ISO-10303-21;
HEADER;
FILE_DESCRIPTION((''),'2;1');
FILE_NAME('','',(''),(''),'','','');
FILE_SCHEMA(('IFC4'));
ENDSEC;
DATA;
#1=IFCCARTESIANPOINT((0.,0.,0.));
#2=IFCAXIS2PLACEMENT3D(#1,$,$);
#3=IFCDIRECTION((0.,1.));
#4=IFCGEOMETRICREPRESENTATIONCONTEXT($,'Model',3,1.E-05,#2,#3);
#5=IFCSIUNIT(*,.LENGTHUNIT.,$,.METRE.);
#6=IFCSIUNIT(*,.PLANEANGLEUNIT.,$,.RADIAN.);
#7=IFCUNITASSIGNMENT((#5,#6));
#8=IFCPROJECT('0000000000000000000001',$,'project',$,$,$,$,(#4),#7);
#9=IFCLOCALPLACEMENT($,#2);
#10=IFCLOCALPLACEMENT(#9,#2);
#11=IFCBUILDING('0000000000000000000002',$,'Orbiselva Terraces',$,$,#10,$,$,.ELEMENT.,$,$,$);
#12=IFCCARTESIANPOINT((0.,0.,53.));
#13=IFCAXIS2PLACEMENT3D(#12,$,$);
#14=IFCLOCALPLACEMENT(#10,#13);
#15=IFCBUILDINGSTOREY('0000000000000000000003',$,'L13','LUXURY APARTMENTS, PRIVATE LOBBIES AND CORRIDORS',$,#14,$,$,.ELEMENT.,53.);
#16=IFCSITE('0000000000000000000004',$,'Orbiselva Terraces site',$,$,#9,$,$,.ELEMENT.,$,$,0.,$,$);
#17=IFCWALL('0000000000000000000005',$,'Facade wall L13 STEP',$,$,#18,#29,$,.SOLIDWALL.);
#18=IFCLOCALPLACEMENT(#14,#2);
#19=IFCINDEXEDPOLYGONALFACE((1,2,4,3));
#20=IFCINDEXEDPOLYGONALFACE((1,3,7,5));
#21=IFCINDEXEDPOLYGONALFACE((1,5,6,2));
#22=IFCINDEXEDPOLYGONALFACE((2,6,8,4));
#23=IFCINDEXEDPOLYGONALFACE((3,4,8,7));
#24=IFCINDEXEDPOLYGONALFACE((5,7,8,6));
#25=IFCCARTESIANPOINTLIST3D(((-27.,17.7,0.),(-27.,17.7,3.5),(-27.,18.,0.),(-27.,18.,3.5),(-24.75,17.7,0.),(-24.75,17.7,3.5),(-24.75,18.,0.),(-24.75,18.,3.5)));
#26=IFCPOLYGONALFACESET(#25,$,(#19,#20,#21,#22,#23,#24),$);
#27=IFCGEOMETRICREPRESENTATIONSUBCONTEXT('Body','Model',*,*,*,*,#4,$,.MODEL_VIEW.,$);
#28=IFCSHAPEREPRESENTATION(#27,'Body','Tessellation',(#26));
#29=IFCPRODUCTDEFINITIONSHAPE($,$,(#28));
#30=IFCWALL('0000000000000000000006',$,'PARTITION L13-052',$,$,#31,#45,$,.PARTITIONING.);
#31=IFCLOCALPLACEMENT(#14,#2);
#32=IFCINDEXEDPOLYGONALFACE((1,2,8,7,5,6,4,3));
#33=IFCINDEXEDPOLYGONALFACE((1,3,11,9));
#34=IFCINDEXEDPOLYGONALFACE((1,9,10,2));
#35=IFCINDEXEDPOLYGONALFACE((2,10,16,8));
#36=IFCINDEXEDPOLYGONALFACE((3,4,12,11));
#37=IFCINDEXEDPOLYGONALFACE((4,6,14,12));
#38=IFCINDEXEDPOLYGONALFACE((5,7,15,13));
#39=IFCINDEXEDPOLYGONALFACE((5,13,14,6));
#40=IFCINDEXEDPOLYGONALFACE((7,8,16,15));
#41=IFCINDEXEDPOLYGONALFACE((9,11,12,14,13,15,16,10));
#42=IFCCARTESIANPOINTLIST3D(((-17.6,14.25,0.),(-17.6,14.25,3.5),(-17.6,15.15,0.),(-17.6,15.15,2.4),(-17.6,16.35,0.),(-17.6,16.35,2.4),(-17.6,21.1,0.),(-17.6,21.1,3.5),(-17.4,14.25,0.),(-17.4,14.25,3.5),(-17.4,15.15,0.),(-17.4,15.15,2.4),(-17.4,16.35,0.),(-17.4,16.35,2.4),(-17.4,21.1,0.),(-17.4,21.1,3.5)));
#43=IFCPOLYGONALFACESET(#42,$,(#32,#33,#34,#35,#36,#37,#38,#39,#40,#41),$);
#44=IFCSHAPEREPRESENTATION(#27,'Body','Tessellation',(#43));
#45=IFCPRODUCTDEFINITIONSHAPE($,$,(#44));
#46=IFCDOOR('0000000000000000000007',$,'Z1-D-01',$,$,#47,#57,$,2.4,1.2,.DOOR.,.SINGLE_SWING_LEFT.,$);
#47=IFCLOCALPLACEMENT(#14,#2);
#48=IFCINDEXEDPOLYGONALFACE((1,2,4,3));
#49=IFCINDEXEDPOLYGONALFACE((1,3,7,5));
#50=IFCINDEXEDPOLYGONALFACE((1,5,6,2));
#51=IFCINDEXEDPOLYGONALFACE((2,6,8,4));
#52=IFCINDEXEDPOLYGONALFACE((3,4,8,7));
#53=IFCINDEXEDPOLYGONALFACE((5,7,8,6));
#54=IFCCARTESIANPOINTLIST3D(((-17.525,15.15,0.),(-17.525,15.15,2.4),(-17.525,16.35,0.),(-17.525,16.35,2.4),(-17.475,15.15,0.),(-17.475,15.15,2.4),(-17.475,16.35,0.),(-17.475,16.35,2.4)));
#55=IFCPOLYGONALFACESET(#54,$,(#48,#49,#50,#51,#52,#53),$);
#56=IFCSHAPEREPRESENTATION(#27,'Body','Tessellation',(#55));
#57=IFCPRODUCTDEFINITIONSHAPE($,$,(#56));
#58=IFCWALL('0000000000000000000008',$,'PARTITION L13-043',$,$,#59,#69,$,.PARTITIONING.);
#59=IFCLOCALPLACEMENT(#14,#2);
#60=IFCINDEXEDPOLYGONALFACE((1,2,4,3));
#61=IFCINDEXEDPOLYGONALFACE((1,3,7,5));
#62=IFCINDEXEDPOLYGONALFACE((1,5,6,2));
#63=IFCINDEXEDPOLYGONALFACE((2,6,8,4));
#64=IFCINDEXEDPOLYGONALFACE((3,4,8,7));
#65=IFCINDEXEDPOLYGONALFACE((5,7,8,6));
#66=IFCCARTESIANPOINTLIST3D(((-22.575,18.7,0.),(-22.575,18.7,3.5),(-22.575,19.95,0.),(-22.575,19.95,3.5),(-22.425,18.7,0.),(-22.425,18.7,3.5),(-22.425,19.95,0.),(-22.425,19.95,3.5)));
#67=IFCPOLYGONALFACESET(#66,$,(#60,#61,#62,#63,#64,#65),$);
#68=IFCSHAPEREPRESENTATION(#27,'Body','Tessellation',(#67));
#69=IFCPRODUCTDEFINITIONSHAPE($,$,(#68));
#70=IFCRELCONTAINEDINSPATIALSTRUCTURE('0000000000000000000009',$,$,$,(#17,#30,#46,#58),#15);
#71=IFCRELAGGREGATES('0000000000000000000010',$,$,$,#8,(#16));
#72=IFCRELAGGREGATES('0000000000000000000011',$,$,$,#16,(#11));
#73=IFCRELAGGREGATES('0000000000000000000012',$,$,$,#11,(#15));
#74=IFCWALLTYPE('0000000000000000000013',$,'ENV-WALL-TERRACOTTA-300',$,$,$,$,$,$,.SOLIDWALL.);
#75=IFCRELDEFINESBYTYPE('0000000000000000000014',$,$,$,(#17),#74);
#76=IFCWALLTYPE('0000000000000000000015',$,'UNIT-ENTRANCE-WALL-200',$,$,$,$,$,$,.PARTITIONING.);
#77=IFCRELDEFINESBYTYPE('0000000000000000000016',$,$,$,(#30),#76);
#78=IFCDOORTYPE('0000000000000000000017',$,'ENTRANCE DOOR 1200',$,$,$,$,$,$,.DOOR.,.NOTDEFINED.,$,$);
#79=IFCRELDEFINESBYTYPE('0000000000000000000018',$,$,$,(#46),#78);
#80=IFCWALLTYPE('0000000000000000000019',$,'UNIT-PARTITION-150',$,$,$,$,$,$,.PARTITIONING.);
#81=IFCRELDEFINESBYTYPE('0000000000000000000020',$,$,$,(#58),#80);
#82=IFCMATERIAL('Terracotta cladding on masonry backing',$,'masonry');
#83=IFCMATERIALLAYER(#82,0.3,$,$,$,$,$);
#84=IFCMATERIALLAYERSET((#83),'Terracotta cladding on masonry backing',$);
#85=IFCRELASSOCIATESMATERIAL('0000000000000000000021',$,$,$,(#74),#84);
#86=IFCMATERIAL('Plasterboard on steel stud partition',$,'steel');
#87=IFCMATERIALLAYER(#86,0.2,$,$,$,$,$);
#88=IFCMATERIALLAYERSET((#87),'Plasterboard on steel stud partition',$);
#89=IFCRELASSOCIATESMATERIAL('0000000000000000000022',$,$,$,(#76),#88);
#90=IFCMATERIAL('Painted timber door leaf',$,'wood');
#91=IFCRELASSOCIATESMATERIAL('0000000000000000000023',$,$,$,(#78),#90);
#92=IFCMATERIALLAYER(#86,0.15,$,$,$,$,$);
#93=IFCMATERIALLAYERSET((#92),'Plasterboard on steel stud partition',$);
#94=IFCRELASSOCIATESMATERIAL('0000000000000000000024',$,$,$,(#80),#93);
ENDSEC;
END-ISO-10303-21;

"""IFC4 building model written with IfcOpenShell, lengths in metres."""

from ifc_helpers import new_model, si_unit, direction, frame, frame_2d, origin, place, context, subcontext, project, spatial, rectangle, extrude, material, layer, layer_set, type_object, element, fill, save


model = new_model("IFC4")

# Units and contexts
model_context = context("Model", 3, precision=1e-05, world=origin(), true_north=direction((0.0, 1.0)))
body_context = subcontext(model_context, "Body", "Model", "MODEL_VIEW")
ifc_project = project(units=[si_unit("LENGTHUNIT", "METRE"), si_unit("PLANEANGLEUNIT", "RADIAN")], contexts=[model_context])

# Site, building, storey
site_placement = place(None, origin())
site = spatial("IfcSite", under=ifc_project, at=site_placement, Name="Orbiselva Terraces site", CompositionType="ELEMENT", RefElevation=0.0)
building_placement = place(site_placement, origin())
building = spatial("IfcBuilding", under=site, at=building_placement, Name="Orbiselva Terraces", CompositionType="ELEMENT")
storey_placement = place(building_placement, frame((0.0, 0.0, 53.0)))
storey = spatial("IfcBuildingStorey", under=building, at=storey_placement, Name="L13", Description="LUXURY APARTMENTS, PRIVATE LOBBIES AND CORRIDORS", CompositionType="ELEMENT", Elevation=53.0)

# Shared definitions
ifc_material_1 = material(Name="Terracotta cladding on masonry backing", Category="masonry")
ifc_layer_1 = layer(ifc_material_1, 0.3)
ifc_layer_set_1 = layer_set([ifc_layer_1], Name="Terracotta cladding on masonry backing")
wall_type_1 = type_object("IfcWallType", Name="ENV-WALL-TERRACOTTA-300", PredefinedType="SOLIDWALL", material=ifc_layer_set_1)

# Wall
wall_1_placement = place(storey_placement, frame((-27.0, 17.85, 0.0), z_axis=(0.0, 0.0, 1.0), x_axis=(1.0, 0.0, 0.0)))
element("IfcWall", 1, at=wall_1_placement, inside=storey, type_object=wall_type_1, Name="Facade wall L13 STEP", PredefinedType="SOLIDWALL", context=body_context, shape_type="SweptSolid", body=[
    extrude(rectangle(XDim=2.25, YDim=0.3, at=frame_2d((1.125, 0.0))), origin(), (0.0, 0.0, 1.0), 3.5),
])

# Wall, opening, door
ifc_material_2 = material(Name="Plasterboard on steel stud partition", Category="steel")
ifc_layer_2 = layer(ifc_material_2, 0.2)
ifc_layer_set_2 = layer_set([ifc_layer_2], Name="Plasterboard on steel stud partition")
wall_type_2 = type_object("IfcWallType", Name="UNIT-ENTRANCE-WALL-200", PredefinedType="PARTITIONING", material=ifc_layer_set_2)
wall_2_placement = place(storey_placement, frame((-17.5, 14.25, 0.0), z_axis=(0.0, 0.0, 1.0), x_axis=(0.0, 1.0, 0.0)))
wall_2 = element("IfcWall", 2, at=wall_2_placement, inside=storey, type_object=wall_type_2, Name="PARTITION L13-052", PredefinedType="PARTITIONING", context=body_context, shape_type="SweptSolid", body=[
    extrude(rectangle(XDim=6.85, YDim=0.2, at=frame_2d((3.425, 0.0))), origin(), (0.0, 0.0, 1.0), 3.5),
])
opening_1_placement = place(wall_2_placement, frame((0.9, 0.0, 0.0)))
opening_1 = element("IfcOpeningElement", 3, at=opening_1_placement, cuts=wall_2, PredefinedType="OPENING", context=body_context, shape_type="SweptSolid", body=[
    extrude(rectangle(XDim=1.2, YDim=2.4, at=frame_2d((0.6, 1.2))), frame((0.0, 0.11, 0.0), z_axis=(0.0, -1.0, 0.0), x_axis=(1.0, 0.0, 0.0)), (0.0, 0.0, 1.0), 0.22),
])
ifc_material_3 = material(Name="Painted timber door leaf", Category="wood")
door_type_1 = type_object("IfcDoorType", Name="ENTRANCE DOOR 1200", OperationType="NOTDEFINED", PredefinedType="DOOR", material=ifc_material_3)
door_1_placement = place(opening_1_placement, origin())
door_1 = element("IfcDoor", 4, at=door_1_placement, inside=storey, type_object=door_type_1, Name="Z1-D-01", OperationType="SINGLE_SWING_LEFT", OverallHeight=2.4, OverallWidth=1.2, PredefinedType="DOOR", context=body_context, shape_type="SweptSolid", body=[
    extrude(rectangle(XDim=1.2, YDim=2.4, at=frame_2d((0.6, 1.2))), frame((0.0, 0.025, 0.0), z_axis=(0.0, -1.0, 0.0), x_axis=(1.0, 0.0, 0.0)), (0.0, 0.0, 1.0), 0.05),
])
fill(opening_1, door_1)

# Wall
ifc_layer_3 = layer(ifc_material_2, 0.15)
ifc_layer_set_3 = layer_set([ifc_layer_3], Name="Plasterboard on steel stud partition")
wall_type_3 = type_object("IfcWallType", Name="UNIT-PARTITION-150", PredefinedType="PARTITIONING", material=ifc_layer_set_3)
wall_3_placement = place(storey_placement, frame((-22.5, 18.7, 0.0), z_axis=(0.0, 0.0, 1.0), x_axis=(0.0, 1.0, 0.0)))
element("IfcWall", 5, at=wall_3_placement, inside=storey, type_object=wall_type_3, Name="PARTITION L13-043", PredefinedType="PARTITIONING", context=body_context, shape_type="SweptSolid", body=[
    extrude(rectangle(XDim=1.25, YDim=0.15, at=frame_2d((0.625, 0.0))), origin(), (0.0, 0.0, 1.0), 3.5),
])

save(model, "model.ifc")
